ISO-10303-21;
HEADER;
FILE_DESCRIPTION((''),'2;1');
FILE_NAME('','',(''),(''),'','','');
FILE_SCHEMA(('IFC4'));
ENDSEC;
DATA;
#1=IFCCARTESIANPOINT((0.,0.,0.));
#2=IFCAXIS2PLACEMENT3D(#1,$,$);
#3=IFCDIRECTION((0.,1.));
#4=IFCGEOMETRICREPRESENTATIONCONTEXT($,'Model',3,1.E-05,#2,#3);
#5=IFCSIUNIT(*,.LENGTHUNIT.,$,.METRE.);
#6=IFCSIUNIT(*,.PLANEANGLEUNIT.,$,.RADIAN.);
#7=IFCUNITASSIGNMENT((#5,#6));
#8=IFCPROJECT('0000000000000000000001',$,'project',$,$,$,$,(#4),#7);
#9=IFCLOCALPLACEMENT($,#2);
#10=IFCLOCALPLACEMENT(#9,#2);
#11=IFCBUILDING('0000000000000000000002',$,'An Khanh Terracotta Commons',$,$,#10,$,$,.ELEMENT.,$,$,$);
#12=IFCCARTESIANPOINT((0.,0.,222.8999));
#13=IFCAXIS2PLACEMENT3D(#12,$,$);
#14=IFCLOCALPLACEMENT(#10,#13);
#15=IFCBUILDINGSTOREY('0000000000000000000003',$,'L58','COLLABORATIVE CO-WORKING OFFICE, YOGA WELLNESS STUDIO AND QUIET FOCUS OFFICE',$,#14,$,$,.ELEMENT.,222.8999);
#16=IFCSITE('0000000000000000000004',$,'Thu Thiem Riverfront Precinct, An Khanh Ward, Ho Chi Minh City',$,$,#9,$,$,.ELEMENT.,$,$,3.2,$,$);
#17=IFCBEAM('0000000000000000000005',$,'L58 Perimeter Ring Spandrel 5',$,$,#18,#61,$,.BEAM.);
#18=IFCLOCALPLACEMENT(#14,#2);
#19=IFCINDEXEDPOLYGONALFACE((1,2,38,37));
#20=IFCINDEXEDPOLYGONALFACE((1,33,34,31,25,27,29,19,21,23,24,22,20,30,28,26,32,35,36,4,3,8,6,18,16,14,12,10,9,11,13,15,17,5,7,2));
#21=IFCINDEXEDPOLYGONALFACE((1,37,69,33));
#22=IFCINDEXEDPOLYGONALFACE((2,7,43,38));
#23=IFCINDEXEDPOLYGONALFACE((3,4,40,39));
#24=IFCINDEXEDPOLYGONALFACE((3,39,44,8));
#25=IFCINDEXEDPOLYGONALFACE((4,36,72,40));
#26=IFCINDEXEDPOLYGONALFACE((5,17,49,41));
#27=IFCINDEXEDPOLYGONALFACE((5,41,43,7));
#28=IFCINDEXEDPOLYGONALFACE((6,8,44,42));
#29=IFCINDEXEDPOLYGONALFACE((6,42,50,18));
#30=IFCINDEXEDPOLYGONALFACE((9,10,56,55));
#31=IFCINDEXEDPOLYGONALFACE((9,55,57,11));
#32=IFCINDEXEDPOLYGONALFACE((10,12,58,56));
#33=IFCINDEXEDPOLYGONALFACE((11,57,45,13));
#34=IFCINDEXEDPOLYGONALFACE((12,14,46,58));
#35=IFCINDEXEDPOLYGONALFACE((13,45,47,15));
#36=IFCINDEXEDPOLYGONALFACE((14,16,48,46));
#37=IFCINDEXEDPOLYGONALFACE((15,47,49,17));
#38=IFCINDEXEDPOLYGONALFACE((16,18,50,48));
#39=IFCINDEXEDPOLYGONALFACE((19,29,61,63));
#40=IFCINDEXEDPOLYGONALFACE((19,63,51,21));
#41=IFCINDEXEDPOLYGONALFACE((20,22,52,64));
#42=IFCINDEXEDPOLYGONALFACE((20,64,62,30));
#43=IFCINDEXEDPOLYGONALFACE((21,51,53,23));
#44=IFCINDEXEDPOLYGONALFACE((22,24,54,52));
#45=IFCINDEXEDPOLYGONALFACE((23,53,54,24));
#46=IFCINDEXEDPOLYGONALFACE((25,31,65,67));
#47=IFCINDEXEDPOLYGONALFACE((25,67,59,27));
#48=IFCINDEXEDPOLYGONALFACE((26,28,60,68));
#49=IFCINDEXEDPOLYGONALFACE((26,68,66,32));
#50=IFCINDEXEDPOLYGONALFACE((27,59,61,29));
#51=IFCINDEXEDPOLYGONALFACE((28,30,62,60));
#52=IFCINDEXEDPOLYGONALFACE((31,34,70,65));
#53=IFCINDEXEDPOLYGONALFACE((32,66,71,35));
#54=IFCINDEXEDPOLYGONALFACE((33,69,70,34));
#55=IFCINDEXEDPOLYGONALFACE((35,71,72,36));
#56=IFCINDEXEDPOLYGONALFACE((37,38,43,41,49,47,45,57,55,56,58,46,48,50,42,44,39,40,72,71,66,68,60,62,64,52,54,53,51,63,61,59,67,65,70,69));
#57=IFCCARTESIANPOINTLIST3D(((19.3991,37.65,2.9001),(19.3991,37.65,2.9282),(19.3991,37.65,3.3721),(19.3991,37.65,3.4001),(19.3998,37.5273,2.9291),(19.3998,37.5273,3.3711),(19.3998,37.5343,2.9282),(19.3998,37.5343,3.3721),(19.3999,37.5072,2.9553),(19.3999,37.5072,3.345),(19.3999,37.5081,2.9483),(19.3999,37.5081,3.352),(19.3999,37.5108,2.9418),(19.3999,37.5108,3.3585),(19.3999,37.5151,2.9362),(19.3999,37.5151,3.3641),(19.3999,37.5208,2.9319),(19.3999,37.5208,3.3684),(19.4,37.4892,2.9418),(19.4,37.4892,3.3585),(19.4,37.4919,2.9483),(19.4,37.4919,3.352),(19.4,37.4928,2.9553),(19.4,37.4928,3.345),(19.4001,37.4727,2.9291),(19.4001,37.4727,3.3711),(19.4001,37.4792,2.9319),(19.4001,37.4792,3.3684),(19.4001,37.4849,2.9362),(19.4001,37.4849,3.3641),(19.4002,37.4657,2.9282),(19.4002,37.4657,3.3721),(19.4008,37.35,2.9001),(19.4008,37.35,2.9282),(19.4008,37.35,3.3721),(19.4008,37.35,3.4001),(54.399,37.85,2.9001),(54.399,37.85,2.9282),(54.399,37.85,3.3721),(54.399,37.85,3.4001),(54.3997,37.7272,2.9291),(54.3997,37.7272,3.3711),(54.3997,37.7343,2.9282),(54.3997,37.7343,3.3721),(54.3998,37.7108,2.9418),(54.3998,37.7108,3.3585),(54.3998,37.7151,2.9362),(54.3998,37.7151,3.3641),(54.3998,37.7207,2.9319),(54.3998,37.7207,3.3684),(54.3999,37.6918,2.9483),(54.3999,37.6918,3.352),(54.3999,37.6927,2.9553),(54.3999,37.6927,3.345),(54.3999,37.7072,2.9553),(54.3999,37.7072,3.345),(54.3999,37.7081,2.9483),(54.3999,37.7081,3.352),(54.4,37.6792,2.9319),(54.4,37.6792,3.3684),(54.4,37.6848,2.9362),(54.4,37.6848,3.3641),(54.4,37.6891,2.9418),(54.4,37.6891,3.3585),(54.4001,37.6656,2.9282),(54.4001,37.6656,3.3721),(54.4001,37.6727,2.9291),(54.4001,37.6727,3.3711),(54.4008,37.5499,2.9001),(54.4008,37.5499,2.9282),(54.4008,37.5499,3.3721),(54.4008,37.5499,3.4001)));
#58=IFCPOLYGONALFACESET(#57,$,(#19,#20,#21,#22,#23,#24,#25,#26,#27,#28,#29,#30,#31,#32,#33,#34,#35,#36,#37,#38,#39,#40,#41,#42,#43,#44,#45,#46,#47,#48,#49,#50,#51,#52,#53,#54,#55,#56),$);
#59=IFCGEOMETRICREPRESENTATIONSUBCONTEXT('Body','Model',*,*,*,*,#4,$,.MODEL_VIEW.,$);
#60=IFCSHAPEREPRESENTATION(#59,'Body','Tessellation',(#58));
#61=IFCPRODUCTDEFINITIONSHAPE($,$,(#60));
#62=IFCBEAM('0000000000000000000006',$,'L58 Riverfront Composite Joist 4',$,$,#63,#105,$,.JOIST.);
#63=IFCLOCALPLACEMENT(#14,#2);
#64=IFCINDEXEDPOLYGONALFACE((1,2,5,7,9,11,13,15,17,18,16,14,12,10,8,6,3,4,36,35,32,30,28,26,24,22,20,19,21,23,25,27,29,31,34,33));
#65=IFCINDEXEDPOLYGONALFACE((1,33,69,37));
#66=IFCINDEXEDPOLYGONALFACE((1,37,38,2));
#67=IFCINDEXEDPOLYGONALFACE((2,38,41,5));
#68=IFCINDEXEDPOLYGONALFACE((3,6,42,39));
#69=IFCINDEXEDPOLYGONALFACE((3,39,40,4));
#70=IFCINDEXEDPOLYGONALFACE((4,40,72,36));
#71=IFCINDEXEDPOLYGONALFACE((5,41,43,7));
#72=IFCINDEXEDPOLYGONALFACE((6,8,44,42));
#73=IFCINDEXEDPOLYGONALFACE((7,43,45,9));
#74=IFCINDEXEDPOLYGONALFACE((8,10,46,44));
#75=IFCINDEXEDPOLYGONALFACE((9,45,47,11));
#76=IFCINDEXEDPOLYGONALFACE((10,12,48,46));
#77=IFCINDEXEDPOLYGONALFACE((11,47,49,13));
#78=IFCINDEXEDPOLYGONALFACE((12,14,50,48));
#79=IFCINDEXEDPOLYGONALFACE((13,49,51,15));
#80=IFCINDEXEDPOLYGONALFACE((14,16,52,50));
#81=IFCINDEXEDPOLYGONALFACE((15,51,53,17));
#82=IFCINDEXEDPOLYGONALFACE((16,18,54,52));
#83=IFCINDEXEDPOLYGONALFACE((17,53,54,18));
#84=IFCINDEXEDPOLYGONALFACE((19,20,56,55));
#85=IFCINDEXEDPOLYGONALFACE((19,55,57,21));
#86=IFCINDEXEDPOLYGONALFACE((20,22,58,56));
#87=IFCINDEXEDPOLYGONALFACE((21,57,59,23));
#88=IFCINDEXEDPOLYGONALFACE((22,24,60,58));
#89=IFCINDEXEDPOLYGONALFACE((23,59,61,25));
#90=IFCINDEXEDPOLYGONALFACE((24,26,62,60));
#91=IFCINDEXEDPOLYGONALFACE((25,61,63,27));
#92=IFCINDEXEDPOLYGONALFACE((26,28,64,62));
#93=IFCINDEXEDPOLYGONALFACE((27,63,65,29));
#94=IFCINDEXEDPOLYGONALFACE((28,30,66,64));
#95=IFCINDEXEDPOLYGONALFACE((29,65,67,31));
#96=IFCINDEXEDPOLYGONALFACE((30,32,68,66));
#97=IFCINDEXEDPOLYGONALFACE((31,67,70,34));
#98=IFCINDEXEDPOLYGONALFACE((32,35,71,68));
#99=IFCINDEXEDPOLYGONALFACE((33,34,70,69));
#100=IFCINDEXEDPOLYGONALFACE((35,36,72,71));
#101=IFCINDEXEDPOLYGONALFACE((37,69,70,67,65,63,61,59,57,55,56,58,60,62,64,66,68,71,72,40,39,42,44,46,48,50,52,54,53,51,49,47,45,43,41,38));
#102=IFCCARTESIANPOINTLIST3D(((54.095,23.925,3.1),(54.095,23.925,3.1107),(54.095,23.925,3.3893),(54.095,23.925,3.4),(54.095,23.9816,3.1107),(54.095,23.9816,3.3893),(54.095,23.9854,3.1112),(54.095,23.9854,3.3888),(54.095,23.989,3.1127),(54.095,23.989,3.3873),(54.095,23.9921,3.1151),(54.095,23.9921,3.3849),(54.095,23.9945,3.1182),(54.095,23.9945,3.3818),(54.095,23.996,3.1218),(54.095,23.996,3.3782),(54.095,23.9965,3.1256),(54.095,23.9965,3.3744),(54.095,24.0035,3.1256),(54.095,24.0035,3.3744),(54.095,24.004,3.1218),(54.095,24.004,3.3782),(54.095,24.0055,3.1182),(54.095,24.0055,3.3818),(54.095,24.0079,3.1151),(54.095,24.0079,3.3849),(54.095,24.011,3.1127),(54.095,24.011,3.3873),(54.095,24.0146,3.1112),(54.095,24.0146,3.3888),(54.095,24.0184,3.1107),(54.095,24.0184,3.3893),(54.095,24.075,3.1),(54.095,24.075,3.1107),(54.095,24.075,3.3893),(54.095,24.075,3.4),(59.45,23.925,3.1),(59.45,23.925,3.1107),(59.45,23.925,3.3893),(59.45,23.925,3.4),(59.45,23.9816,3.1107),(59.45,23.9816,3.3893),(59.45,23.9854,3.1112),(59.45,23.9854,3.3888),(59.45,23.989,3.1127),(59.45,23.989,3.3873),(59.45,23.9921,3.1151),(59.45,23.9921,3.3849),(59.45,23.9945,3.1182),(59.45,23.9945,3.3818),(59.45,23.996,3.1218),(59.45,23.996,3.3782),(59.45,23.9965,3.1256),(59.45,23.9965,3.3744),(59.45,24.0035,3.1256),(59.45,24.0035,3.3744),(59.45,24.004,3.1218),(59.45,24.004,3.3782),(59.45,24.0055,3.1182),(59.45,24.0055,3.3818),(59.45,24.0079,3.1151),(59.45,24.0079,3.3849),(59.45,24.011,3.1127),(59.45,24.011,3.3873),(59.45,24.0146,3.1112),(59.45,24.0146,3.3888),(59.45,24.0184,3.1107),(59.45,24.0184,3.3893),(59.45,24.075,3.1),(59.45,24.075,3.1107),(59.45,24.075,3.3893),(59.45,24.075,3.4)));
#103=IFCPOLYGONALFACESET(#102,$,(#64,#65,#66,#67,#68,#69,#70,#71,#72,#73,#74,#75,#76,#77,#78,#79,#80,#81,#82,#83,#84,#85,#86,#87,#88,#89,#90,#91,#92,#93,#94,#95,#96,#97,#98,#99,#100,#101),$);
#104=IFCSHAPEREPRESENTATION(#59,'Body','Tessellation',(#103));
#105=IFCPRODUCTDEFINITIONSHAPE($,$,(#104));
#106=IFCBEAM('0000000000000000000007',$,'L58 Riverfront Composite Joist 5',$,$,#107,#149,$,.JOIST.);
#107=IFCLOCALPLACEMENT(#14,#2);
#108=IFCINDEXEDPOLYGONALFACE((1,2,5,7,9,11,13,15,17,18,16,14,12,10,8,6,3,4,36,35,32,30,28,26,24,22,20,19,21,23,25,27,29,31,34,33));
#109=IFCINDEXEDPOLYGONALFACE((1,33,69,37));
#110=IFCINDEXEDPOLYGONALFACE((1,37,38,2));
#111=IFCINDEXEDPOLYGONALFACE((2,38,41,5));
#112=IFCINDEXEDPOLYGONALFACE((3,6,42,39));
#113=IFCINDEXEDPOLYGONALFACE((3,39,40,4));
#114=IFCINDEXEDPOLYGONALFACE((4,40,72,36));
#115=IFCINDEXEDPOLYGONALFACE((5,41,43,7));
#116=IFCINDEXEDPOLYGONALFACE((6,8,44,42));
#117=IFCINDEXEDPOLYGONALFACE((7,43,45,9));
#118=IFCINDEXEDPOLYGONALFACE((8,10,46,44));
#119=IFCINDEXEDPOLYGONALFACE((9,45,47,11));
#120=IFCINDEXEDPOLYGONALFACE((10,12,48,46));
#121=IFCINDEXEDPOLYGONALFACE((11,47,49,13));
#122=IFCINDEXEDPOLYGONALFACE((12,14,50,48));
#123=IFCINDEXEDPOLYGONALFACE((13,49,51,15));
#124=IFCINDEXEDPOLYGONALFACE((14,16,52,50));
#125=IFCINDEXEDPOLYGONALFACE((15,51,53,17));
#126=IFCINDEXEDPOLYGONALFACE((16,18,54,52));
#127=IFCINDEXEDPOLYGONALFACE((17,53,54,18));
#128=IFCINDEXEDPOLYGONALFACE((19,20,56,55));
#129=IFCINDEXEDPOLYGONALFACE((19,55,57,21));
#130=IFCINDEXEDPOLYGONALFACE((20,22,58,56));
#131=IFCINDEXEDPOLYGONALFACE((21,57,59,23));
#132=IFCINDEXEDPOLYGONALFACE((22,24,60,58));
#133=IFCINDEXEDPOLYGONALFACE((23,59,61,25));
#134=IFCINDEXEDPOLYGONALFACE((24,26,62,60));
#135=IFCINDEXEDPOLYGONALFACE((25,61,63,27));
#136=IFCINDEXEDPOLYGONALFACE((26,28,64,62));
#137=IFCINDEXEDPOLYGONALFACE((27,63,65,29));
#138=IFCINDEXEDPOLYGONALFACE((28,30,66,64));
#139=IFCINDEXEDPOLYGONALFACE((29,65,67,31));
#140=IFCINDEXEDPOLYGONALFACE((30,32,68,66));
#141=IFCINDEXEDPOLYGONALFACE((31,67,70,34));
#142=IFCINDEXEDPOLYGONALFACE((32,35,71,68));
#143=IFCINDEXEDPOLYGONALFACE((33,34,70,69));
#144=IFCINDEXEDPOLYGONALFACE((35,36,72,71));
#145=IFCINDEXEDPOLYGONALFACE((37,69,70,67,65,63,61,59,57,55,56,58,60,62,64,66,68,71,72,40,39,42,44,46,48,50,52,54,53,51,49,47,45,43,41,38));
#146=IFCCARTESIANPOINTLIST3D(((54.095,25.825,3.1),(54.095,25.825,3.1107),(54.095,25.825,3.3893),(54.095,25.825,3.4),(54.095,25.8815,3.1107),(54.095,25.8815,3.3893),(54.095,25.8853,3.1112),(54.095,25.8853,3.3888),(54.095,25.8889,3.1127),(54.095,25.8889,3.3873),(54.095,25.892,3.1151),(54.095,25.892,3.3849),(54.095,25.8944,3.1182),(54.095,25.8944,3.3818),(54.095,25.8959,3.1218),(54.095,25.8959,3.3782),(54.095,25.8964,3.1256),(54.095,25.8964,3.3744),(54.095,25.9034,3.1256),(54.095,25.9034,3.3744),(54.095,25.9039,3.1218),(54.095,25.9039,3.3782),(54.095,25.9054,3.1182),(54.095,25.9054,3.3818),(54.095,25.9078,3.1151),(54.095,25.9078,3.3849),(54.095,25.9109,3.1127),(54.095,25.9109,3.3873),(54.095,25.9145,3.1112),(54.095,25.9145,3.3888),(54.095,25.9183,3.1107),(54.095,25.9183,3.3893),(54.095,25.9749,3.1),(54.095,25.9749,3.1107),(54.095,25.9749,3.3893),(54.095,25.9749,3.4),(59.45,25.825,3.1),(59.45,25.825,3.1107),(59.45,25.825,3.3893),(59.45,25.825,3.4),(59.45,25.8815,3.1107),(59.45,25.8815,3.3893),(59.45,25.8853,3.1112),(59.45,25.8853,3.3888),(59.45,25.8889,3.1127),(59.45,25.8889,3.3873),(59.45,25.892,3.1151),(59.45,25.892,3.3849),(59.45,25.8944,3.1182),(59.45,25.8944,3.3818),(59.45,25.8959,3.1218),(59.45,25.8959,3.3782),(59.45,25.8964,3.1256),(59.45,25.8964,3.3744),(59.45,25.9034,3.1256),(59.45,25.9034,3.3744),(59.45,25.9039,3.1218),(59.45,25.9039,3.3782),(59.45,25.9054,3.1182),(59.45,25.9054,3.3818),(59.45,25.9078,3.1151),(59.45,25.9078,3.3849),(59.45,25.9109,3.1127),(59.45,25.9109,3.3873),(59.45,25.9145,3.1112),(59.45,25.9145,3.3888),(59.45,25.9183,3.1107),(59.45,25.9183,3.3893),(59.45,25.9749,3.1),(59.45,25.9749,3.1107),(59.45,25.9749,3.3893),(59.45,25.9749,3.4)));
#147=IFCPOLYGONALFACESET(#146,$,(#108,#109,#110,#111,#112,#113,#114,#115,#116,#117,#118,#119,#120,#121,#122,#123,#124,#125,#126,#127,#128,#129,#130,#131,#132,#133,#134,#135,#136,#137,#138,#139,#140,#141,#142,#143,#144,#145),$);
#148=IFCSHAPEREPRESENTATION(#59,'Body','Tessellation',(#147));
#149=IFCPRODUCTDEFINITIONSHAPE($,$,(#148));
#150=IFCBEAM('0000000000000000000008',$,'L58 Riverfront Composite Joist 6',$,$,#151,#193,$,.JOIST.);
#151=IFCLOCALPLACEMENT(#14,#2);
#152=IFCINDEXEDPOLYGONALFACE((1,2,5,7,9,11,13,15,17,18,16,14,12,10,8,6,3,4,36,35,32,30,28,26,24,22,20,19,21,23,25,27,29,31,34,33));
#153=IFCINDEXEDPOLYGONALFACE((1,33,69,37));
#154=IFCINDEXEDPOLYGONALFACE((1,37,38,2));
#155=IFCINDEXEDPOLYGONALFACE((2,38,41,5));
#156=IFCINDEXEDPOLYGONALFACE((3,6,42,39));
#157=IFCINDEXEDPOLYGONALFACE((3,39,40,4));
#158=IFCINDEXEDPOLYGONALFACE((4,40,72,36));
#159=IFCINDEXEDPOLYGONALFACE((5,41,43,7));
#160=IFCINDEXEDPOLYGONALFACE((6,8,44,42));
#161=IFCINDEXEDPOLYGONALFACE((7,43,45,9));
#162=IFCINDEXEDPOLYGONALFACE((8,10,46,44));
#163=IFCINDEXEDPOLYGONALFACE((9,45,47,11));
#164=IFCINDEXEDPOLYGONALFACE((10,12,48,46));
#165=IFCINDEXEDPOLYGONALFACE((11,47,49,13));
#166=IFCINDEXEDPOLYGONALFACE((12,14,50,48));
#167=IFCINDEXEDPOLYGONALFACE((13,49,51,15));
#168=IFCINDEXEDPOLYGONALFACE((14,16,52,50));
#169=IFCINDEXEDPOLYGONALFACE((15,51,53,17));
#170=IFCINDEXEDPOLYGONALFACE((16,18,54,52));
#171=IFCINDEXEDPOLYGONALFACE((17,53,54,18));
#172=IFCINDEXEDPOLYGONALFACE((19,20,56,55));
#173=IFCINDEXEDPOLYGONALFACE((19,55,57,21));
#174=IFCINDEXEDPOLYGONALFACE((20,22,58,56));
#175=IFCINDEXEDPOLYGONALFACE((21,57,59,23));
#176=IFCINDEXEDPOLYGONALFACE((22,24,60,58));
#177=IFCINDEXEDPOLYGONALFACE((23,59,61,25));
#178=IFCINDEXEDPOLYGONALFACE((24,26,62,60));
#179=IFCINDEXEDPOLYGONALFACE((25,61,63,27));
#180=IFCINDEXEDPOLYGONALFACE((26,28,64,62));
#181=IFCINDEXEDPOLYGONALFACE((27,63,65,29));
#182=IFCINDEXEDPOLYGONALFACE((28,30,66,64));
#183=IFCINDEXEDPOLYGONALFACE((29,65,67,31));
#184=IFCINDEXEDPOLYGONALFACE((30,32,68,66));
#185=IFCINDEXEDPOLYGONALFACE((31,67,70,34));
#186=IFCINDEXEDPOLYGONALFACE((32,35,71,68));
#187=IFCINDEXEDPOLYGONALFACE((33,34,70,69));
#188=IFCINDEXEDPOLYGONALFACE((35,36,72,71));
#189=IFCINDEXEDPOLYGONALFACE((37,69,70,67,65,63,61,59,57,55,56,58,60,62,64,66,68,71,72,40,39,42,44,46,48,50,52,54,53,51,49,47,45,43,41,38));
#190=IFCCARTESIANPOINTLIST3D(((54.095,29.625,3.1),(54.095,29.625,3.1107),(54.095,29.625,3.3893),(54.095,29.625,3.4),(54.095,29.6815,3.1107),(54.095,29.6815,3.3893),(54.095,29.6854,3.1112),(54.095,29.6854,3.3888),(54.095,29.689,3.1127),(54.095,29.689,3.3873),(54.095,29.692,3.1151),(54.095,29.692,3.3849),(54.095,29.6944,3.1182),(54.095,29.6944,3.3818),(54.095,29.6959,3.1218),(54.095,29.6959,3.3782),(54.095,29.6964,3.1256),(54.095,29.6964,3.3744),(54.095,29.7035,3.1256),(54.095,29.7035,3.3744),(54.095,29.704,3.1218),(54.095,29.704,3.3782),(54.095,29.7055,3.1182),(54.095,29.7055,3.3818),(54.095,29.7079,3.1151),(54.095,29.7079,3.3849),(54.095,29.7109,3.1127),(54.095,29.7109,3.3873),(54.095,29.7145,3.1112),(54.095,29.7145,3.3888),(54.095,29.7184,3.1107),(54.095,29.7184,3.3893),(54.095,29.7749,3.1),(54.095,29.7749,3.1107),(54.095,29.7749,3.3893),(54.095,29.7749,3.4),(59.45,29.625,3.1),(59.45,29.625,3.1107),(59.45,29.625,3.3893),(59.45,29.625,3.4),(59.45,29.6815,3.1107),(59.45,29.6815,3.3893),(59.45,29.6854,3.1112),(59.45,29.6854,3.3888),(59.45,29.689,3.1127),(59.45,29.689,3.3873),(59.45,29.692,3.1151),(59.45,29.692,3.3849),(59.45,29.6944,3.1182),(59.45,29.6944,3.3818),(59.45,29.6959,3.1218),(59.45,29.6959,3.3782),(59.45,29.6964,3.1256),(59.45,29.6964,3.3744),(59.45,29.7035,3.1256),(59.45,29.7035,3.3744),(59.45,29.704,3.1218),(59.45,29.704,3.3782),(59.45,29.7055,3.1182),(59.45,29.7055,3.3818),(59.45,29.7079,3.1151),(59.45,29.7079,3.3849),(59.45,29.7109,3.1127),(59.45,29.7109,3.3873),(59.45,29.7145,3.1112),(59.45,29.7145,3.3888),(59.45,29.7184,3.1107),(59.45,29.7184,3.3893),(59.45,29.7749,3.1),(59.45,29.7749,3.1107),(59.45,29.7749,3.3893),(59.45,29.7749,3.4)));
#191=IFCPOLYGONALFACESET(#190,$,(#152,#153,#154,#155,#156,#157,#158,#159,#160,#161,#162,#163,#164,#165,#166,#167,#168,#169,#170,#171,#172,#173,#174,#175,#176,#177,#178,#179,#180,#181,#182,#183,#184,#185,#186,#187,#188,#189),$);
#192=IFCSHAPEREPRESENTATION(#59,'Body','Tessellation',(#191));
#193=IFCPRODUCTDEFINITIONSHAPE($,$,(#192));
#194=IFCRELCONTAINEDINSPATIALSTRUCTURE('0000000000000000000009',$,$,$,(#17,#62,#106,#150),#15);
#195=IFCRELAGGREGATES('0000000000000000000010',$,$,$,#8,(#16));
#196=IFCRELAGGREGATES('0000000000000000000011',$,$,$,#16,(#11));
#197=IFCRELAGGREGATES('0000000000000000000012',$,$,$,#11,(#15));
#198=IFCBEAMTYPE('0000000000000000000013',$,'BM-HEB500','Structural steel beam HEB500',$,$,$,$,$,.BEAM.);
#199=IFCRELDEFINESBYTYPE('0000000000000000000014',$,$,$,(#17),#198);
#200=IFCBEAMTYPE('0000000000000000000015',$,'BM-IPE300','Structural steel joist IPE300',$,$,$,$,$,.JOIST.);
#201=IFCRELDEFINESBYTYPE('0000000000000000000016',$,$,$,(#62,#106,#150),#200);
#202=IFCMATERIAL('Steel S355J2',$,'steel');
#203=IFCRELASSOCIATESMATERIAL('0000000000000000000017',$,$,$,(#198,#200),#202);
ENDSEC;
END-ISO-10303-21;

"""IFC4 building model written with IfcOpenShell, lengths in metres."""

from ifc_helpers import new_model, si_unit, direction, frame, origin, origin_2d, place, context, subcontext, project, spatial, i_section, extrude, material, material_profile, profile_set, type_object, element, save


model = new_model("IFC4")

# Units and contexts
model_context = context("Model", 3, precision=1e-05, world=origin(), true_north=direction((0.0, 1.0)))
body_context = subcontext(model_context, "Body", "Model", "MODEL_VIEW")
ifc_project = project(units=[si_unit("LENGTHUNIT", "METRE"), si_unit("PLANEANGLEUNIT", "RADIAN")], contexts=[model_context])

# Site, building, storey
site_placement = place(None, origin())
site = spatial("IfcSite", under=ifc_project, at=site_placement, Name="Thu Thiem Riverfront Precinct, An Khanh Ward, Ho Chi Minh City", CompositionType="ELEMENT", RefElevation=3.2)
building_placement = place(site_placement, origin())
building = spatial("IfcBuilding", under=site, at=building_placement, Name="An Khanh Terracotta Commons", CompositionType="ELEMENT")
storey_placement = place(building_placement, frame((0.0, 0.0, 222.8999)))
storey = spatial("IfcBuildingStorey", under=building, at=storey_placement, Name="L58", Description="COLLABORATIVE CO-WORKING OFFICE, YOGA WELLNESS STUDIO AND QUIET FOCUS OFFICE", CompositionType="ELEMENT", Elevation=222.8999)

# Beams
ifc_material_1 = material(Name="Steel S355J2", Category="steel")
ifc_material_profile_1 = material_profile(ifc_material_1, i_section(OverallWidth=0.3, OverallDepth=0.5, WebThickness=0.0144, FlangeThickness=0.0281, FilletRadius=0.0271, at=origin_2d()), Name="HEB500")
ifc_profile_set_1 = profile_set([ifc_material_profile_1], Name="Steel S355J2")
beam_type_1 = type_object("IfcBeamType", Name="BM-HEB500", Description="Structural steel beam HEB500", PredefinedType="BEAM", material=ifc_profile_set_1)
beam_1_placement = place(storey_placement, frame((54.3999, 37.7, 3.1501), z_axis=(-0.999984, -0.005713, 0.0), x_axis=(0.005713, -0.999984, 0.0)))
element("IfcBeam", 1, at=beam_1_placement, inside=storey, type_object=beam_type_1, Name="L58 Perimeter Ring Spandrel 5", PredefinedType="BEAM", context=body_context, shape_type="SweptSolid", body=[
    extrude(i_section(OverallWidth=0.3, OverallDepth=0.5, WebThickness=0.0144, FlangeThickness=0.0281, FilletRadius=0.0271, at=origin_2d()), origin(), (0.0, 0.0, 1.0), 35.0005),
])
ifc_material_profile_2 = material_profile(ifc_material_1, i_section(OverallWidth=0.1499, OverallDepth=0.3, WebThickness=0.0071, FlangeThickness=0.0107, FilletRadius=0.0149, at=origin_2d()), Name="IPE300")
ifc_profile_set_2 = profile_set([ifc_material_profile_2], Name="Steel S355J2")
beam_type_2 = type_object("IfcBeamType", Name="BM-IPE300", Description="Structural steel joist IPE300", PredefinedType="JOIST", material=ifc_profile_set_2)
for number, where, z_axis, x_axis, name in (
    (2, (54.095, 24.0, 3.25), (1.0, 0.0, 0.0), (0.0, 1.0, 0.0), "L58 Riverfront Composite Joist 4"),
    (3, (54.095, 25.8999, 3.25), (1.0, 0.0, 0.0), (0.0, 1.0, 0.0), "L58 Riverfront Composite Joist 5"),
    (4, (54.095, 29.7, 3.25), (1.0, 0.0, 0.0), (0.0, 1.0, 0.0), "L58 Riverfront Composite Joist 6"),
):
    element("IfcBeam", number, at=place(storey_placement, frame(where, z_axis=z_axis, x_axis=x_axis)), inside=storey, type_object=beam_type_2, Name=name, PredefinedType="JOIST", context=body_context, shape_type="SweptSolid", body=[
        extrude(i_section(OverallWidth=0.1499, OverallDepth=0.3, WebThickness=0.0071, FlangeThickness=0.0107, FilletRadius=0.0149, at=origin_2d()), origin(), (0.0, 0.0, 1.0), 5.355),
    ])

save(model, "model.ifc")
